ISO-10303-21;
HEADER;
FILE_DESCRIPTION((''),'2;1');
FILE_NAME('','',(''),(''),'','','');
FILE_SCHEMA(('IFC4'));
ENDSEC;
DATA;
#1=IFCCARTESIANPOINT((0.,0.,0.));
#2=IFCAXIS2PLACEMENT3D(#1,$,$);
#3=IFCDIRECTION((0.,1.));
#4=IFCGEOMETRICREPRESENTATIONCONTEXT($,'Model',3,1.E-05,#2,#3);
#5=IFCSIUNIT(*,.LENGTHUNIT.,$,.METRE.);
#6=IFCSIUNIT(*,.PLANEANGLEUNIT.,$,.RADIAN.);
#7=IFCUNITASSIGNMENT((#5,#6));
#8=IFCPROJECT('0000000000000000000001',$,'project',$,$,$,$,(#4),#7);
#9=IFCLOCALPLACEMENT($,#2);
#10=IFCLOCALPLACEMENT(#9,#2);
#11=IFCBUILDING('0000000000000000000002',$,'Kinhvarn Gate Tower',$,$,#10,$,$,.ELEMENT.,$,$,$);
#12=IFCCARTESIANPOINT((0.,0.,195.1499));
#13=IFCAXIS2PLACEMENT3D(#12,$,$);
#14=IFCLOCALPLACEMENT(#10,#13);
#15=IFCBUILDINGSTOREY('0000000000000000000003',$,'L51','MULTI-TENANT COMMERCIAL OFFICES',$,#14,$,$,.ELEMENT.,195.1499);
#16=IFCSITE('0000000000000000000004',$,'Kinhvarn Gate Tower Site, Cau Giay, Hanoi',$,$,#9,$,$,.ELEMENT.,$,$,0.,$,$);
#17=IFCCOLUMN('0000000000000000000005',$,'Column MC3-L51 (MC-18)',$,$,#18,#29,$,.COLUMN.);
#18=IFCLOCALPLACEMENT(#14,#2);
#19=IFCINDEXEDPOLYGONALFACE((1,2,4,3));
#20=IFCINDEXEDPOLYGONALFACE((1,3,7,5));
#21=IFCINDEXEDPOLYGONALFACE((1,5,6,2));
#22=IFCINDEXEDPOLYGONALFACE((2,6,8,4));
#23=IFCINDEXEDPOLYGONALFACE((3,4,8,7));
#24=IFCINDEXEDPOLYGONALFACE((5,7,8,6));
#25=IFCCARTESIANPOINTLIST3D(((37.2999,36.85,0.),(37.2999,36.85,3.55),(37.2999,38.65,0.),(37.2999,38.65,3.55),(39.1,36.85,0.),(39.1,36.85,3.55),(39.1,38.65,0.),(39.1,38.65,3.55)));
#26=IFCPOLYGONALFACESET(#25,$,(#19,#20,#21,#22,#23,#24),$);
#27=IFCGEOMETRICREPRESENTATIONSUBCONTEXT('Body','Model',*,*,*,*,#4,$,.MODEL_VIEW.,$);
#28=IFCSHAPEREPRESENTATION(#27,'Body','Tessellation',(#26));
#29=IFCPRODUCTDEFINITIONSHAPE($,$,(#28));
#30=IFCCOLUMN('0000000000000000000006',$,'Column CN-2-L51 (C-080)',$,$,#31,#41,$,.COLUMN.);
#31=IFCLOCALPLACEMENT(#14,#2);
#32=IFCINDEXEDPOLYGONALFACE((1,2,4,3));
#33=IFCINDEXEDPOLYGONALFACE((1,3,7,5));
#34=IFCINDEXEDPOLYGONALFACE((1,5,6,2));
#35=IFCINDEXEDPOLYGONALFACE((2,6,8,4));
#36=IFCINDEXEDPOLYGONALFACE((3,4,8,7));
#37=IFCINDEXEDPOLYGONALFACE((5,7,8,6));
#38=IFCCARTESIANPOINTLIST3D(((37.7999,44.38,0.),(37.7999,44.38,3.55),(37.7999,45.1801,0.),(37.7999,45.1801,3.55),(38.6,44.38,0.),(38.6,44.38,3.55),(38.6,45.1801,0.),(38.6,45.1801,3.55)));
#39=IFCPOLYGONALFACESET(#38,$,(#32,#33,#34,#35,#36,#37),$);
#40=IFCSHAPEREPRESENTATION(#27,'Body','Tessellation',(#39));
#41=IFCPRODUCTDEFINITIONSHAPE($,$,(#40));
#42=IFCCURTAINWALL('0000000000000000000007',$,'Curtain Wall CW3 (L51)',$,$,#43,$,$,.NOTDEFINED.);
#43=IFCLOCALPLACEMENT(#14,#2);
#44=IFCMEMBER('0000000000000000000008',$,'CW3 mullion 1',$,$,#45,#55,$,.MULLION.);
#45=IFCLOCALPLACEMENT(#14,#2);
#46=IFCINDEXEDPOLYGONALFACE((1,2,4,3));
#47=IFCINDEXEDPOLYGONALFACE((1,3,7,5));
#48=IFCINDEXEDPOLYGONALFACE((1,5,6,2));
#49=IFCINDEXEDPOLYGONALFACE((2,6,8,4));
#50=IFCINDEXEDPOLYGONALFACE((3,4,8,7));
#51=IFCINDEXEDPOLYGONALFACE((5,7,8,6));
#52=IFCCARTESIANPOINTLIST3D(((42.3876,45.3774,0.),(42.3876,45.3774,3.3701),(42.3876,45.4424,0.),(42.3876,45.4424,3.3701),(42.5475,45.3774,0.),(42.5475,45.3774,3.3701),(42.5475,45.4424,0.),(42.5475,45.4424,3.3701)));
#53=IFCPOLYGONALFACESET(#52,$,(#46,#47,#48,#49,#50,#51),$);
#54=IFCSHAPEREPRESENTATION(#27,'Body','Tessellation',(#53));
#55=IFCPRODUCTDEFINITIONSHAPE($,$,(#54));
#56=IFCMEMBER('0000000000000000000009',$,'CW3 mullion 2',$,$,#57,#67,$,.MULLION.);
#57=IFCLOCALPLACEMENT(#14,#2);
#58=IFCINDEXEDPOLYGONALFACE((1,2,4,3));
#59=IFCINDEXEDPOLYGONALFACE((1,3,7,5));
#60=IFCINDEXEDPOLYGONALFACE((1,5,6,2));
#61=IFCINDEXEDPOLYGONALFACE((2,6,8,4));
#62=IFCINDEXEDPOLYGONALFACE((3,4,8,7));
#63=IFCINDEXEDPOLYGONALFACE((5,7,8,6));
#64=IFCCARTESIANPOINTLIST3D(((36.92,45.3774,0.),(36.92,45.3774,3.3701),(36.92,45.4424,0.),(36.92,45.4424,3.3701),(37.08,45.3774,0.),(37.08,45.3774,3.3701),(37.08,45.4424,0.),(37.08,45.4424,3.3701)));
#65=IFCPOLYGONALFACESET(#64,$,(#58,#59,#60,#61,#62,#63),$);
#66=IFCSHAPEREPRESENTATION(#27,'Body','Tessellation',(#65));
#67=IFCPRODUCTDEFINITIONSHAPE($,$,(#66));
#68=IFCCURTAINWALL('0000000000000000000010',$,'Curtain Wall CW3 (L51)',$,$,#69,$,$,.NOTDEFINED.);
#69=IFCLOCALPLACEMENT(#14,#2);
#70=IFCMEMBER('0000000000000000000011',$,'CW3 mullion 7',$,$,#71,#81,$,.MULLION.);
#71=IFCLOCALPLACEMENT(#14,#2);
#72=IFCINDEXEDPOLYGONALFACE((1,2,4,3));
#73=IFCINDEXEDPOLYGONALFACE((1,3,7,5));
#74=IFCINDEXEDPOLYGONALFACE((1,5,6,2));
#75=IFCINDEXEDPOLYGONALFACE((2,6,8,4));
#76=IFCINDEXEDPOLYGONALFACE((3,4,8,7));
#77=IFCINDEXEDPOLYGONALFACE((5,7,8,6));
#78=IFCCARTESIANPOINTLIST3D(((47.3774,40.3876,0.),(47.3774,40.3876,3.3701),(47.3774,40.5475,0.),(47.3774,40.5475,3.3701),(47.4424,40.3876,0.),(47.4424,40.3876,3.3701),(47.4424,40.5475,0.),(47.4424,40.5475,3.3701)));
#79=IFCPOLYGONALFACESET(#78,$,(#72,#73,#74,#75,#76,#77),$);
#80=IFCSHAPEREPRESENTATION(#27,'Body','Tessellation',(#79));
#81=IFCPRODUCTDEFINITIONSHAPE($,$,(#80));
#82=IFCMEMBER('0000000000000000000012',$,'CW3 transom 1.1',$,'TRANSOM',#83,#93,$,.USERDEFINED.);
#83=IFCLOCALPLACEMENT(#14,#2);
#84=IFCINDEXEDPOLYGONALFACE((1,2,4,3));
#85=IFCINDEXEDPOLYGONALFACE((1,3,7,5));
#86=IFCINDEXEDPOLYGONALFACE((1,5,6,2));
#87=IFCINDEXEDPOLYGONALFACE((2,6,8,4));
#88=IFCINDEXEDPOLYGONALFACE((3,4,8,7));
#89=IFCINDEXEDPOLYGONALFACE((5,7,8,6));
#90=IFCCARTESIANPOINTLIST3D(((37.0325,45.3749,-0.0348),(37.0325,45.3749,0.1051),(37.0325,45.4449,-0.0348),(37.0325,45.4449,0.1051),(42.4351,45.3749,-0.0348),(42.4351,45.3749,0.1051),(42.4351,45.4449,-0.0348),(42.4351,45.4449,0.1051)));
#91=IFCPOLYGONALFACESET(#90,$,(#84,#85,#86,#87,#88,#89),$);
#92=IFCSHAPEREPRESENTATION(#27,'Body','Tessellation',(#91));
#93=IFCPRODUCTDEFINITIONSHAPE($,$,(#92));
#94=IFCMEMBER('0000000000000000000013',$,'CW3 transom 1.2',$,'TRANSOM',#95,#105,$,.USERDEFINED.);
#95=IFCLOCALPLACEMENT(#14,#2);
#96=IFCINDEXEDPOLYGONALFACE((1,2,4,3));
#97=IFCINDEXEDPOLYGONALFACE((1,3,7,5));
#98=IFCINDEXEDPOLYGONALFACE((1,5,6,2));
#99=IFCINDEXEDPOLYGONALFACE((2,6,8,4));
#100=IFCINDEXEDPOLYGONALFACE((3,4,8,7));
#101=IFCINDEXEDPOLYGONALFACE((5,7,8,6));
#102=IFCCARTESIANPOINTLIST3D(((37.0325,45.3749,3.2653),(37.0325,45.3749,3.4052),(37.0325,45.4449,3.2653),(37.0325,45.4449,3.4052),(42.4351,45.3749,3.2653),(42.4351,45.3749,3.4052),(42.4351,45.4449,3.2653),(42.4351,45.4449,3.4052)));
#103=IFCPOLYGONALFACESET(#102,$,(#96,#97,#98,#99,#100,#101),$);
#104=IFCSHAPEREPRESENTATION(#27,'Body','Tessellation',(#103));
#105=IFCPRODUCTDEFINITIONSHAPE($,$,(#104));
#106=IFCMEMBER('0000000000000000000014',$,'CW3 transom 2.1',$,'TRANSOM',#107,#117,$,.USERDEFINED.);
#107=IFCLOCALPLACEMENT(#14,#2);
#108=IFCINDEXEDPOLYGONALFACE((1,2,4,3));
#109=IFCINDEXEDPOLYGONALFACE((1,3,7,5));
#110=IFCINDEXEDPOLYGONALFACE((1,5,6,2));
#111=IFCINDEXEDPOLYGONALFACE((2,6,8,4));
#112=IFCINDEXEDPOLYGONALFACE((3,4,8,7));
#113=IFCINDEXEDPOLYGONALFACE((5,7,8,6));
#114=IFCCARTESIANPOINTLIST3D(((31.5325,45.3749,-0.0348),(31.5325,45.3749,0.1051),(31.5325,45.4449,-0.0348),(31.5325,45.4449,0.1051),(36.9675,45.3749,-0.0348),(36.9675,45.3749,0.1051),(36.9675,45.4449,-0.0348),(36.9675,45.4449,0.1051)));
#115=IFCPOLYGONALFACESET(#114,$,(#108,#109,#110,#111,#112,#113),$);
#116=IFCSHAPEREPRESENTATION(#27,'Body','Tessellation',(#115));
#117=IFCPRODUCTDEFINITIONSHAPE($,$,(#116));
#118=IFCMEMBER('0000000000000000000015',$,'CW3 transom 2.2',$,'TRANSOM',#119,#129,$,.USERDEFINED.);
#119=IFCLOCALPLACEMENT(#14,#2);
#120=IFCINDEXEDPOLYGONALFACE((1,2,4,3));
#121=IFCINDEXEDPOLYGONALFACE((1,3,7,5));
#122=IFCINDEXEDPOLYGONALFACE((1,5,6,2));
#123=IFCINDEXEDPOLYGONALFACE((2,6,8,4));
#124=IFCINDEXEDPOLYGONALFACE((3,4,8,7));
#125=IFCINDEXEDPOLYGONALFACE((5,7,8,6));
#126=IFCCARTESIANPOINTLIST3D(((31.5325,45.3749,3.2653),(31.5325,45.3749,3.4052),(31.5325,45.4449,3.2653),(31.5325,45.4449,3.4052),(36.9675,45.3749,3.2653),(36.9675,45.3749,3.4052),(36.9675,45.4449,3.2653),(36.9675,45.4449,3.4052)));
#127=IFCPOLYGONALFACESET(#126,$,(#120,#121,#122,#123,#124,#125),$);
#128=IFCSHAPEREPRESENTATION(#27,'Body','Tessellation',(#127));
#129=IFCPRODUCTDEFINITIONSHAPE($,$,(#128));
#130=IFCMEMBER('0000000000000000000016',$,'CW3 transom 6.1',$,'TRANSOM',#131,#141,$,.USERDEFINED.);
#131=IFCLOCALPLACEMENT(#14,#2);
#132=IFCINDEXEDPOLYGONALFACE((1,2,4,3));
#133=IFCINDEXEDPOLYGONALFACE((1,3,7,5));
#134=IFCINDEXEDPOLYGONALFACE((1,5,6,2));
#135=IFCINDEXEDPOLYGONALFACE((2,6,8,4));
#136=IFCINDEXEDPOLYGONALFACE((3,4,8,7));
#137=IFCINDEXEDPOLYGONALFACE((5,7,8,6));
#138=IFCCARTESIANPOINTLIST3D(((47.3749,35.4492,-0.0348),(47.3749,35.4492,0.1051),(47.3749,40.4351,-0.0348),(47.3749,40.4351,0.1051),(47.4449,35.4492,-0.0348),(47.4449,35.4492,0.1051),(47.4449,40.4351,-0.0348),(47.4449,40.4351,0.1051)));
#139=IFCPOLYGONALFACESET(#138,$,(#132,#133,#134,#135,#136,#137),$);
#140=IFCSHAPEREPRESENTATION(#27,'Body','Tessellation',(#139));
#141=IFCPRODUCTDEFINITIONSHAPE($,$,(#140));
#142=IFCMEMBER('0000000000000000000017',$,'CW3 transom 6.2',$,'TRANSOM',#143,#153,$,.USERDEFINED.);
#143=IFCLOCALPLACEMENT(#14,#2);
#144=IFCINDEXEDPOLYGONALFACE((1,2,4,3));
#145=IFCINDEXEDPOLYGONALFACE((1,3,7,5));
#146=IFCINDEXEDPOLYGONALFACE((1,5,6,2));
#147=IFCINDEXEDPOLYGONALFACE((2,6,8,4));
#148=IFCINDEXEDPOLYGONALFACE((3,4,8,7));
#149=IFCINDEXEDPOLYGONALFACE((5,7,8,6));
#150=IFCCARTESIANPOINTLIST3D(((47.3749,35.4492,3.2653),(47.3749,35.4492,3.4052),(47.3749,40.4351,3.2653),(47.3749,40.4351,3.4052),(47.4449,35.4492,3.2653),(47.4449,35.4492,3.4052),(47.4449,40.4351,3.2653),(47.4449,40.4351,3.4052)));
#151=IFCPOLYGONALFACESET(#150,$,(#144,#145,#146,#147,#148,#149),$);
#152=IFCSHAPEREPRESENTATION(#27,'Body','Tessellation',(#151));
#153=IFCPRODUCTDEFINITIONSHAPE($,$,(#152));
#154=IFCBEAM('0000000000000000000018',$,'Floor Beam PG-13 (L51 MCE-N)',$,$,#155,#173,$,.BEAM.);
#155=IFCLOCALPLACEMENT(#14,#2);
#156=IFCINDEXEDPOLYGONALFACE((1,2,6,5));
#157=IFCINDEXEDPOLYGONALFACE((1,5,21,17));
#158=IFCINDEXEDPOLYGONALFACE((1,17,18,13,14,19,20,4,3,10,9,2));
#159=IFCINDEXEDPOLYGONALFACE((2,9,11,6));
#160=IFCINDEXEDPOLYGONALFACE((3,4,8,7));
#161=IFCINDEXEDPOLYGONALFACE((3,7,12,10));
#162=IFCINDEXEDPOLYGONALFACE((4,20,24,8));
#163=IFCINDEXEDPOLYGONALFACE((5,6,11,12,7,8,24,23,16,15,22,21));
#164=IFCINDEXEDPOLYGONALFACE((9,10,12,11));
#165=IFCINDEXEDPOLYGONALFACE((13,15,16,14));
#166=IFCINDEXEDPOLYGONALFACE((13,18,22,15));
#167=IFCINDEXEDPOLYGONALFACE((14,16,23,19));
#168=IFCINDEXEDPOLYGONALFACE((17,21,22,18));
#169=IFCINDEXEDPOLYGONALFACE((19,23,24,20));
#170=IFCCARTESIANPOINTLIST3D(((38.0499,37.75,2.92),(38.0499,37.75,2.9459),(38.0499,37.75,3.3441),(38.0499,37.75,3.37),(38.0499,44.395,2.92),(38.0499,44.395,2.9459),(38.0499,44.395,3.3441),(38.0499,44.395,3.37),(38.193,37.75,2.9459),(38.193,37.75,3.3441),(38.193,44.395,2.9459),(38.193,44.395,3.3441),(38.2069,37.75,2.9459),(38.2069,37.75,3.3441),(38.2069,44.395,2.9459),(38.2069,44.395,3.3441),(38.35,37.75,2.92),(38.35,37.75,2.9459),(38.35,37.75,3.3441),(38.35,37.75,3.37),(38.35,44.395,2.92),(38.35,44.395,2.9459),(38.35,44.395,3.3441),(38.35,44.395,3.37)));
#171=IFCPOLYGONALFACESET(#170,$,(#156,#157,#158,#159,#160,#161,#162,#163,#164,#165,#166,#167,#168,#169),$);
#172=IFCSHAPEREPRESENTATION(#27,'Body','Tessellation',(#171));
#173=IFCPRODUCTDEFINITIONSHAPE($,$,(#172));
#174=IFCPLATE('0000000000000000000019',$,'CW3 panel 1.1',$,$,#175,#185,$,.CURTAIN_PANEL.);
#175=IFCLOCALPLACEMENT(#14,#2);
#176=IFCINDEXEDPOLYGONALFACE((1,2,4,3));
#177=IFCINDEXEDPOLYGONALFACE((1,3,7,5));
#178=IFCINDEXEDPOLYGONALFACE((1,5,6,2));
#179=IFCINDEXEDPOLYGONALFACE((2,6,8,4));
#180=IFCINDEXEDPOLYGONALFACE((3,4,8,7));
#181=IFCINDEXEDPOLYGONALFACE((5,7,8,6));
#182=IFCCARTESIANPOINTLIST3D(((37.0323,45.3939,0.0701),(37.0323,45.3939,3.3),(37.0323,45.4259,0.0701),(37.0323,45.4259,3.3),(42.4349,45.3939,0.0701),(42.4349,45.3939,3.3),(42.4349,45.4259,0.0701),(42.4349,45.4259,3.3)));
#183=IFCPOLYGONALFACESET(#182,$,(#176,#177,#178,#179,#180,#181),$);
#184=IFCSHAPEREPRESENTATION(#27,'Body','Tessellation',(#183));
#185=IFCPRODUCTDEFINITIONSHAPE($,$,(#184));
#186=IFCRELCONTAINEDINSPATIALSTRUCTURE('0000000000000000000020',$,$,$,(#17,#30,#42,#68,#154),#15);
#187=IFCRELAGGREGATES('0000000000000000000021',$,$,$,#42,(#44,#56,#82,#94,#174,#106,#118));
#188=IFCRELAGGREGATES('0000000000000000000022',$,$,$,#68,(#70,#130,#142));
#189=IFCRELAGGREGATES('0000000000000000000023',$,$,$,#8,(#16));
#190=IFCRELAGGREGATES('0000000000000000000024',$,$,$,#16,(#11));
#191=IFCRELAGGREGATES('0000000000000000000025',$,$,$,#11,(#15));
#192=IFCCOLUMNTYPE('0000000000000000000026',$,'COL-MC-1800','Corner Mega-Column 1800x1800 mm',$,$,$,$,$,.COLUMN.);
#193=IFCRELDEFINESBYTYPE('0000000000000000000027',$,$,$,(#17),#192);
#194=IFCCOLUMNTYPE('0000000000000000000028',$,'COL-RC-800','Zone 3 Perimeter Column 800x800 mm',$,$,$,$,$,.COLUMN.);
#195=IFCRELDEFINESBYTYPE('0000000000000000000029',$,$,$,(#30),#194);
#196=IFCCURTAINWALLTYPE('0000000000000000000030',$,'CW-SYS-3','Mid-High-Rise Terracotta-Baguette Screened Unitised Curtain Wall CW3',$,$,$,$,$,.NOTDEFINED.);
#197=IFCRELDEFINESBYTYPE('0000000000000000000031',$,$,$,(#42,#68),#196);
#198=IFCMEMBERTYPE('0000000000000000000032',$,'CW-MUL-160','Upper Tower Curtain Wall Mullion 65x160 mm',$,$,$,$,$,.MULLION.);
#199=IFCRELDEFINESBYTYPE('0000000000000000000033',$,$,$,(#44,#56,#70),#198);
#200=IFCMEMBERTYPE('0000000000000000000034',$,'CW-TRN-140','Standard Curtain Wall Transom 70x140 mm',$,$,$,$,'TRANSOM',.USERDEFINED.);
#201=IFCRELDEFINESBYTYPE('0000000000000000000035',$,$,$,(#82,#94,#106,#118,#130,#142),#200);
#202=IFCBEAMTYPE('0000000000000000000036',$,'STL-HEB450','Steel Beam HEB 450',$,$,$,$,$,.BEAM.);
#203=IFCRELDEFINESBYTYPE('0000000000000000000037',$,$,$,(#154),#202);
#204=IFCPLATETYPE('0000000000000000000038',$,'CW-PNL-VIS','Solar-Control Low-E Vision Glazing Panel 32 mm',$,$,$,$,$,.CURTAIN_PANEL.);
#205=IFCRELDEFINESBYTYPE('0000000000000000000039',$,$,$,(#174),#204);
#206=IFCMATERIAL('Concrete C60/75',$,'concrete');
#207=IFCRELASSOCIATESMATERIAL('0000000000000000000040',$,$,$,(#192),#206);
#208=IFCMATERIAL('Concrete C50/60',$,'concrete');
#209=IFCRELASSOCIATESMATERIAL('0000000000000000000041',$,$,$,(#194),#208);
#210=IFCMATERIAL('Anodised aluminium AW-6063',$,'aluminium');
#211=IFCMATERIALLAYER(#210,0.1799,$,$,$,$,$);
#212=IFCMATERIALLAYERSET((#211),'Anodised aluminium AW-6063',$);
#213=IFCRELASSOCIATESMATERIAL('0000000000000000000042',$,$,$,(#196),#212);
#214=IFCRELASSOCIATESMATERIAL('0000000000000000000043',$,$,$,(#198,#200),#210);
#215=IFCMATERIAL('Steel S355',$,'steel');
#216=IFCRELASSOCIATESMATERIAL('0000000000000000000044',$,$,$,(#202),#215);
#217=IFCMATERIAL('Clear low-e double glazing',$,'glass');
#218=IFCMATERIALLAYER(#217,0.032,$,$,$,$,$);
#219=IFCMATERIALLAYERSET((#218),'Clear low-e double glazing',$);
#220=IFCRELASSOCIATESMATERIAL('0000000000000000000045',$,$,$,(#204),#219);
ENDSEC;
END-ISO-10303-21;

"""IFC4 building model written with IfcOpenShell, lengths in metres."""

from ifc_helpers import new_model, si_unit, direction, frame, origin, origin_2d, place, context, subcontext, project, spatial, rectangle, i_section, extrude, material, layer, layer_set, material_profile, profile_set, type_object, element, aggregate, save


model = new_model("IFC4")

# Units and contexts
model_context = context("Model", 3, precision=1e-05, world=origin(), true_north=direction((0.0, 1.0)))
body_context = subcontext(model_context, "Body", "Model", "MODEL_VIEW")
ifc_project = project(units=[si_unit("LENGTHUNIT", "METRE"), si_unit("PLANEANGLEUNIT", "RADIAN")], contexts=[model_context])

# Site, building, storey
site_placement = place(None, origin())
site = spatial("IfcSite", under=ifc_project, at=site_placement, Name="Kinhvarn Gate Tower Site, Cau Giay, Hanoi", CompositionType="ELEMENT", RefElevation=0.0)
building_placement = place(site_placement, origin())
building = spatial("IfcBuilding", under=site, at=building_placement, Name="Kinhvarn Gate Tower", CompositionType="ELEMENT")
storey_placement = place(building_placement, frame((0.0, 0.0, 195.1499)))
storey = spatial("IfcBuildingStorey", under=building, at=storey_placement, Name="L51", Description="MULTI-TENANT COMMERCIAL OFFICES", CompositionType="ELEMENT", Elevation=195.1499)

# Columns
ifc_material_1 = material(Name="Concrete C60/75", Category="concrete")
ifc_material_profile_1 = material_profile(ifc_material_1, rectangle(XDim=1.8, YDim=1.8, at=origin_2d()), Name="RC 1800x1800")
ifc_profile_set_1 = profile_set([ifc_material_profile_1], Name="Concrete C60/75")
column_type_1 = type_object("IfcColumnType", Name="COL-MC-1800", Description="Corner Mega-Column 1800x1800 mm", PredefinedType="COLUMN", material=ifc_profile_set_1)
column_1_placement = place(storey_placement, frame((38.2, 37.75, 0.0), z_axis=(0.0, 0.0, 1.0), x_axis=(1.0, 0.0, 0.0)))
element("IfcColumn", 1, at=column_1_placement, inside=storey, type_object=column_type_1, Name="Column MC3-L51 (MC-18)", PredefinedType="COLUMN", context=body_context, shape_type="SweptSolid", body=[
    extrude(rectangle(XDim=1.8, YDim=1.8, at=origin_2d()), origin(), (0.0, 0.0, 1.0), 3.55),
])
ifc_material_2 = material(Name="Concrete C50/60", Category="concrete")
ifc_material_profile_2 = material_profile(ifc_material_2, rectangle(XDim=0.8, YDim=0.8, at=origin_2d()), Name="RC 800x800")
ifc_profile_set_2 = profile_set([ifc_material_profile_2], Name="Concrete C50/60")
column_type_2 = type_object("IfcColumnType", Name="COL-RC-800", Description="Zone 3 Perimeter Column 800x800 mm", PredefinedType="COLUMN", material=ifc_profile_set_2)
column_2_placement = place(storey_placement, frame((38.2, 44.78, 0.0), z_axis=(0.0, 0.0, 1.0), x_axis=(1.0, 0.0, 0.0)))
element("IfcColumn", 2, at=column_2_placement, inside=storey, type_object=column_type_2, Name="Column CN-2-L51 (C-080)", PredefinedType="COLUMN", context=body_context, shape_type="SweptSolid", body=[
    extrude(rectangle(XDim=0.8, YDim=0.8, at=origin_2d()), origin(), (0.0, 0.0, 1.0), 3.55),
])

# Curtain wall, members
ifc_material_3 = material(Name="Anodised aluminium AW-6063", Category="aluminium")
ifc_layer_1 = layer(ifc_material_3, 0.1799)
ifc_layer_set_1 = layer_set([ifc_layer_1], Name="Anodised aluminium AW-6063")
curtain_wall_type = type_object("IfcCurtainWallType", Name="CW-SYS-3", Description="Mid-High-Rise Terracotta-Baguette Screened Unitised Curtain Wall CW3", PredefinedType="NOTDEFINED", material=ifc_layer_set_1)
curtain_wall_1_placement = place(storey_placement, origin())
curtain_wall_1 = element("IfcCurtainWall", 3, at=curtain_wall_1_placement, inside=storey, type_object=curtain_wall_type, Name="Curtain Wall CW3 (L51)", PredefinedType="NOTDEFINED")
ifc_material_profile_3 = material_profile(ifc_material_3, rectangle(XDim=0.0649, YDim=0.1599, at=origin_2d()), Name="ALU 65x160")
ifc_profile_set_3 = profile_set([ifc_material_profile_3], Name="Anodised aluminium AW-6063")
member_type_1 = type_object("IfcMemberType", Name="CW-MUL-160", Description="Upper Tower Curtain Wall Mullion 65x160 mm", PredefinedType="MULLION", material=ifc_profile_set_3)
member_1_placement = place(storey_placement, frame((42.4675, 45.4099, 0.0), z_axis=(0.0, 0.0, 1.0), x_axis=(0.0, -1.0, 0.0)))
member_1 = element("IfcMember", 4, at=member_1_placement, type_object=member_type_1, Name="CW3 mullion 1", PredefinedType="MULLION", context=body_context, shape_type="SweptSolid", body=[
    extrude(rectangle(XDim=0.0649, YDim=0.1599, at=origin_2d()), origin(), (0.0, 0.0, 1.0), 3.3701),
])
member_2_placement = place(storey_placement, frame((37.0, 45.4099, 0.0), z_axis=(0.0, 0.0, 1.0), x_axis=(0.0, -1.0, 0.0)))
member_2 = element("IfcMember", 5, at=member_2_placement, type_object=member_type_1, Name="CW3 mullion 2", PredefinedType="MULLION", context=body_context, shape_type="SweptSolid", body=[
    extrude(rectangle(XDim=0.0649, YDim=0.1599, at=origin_2d()), origin(), (0.0, 0.0, 1.0), 3.3701),
])

# Curtain wall, member
curtain_wall_2_placement = place(storey_placement, origin())
curtain_wall_2 = element("IfcCurtainWall", 6, at=curtain_wall_2_placement, inside=storey, type_object=curtain_wall_type, Name="Curtain Wall CW3 (L51)", PredefinedType="NOTDEFINED")
member_3_placement = place(storey_placement, frame((47.4099, 40.4675, 0.0), z_axis=(0.0, 0.0, 1.0), x_axis=(-1.0, 0.0, 0.0)))
member_3 = element("IfcMember", 7, at=member_3_placement, type_object=member_type_1, Name="CW3 mullion 7", PredefinedType="MULLION", context=body_context, shape_type="SweptSolid", body=[
    extrude(rectangle(XDim=0.0649, YDim=0.1599, at=origin_2d()), origin(), (0.0, 0.0, 1.0), 3.3701),
])

# Members
ifc_material_profile_4 = material_profile(ifc_material_3, rectangle(XDim=0.0701, YDim=0.1399, at=origin_2d()), Name="ALU 70x140")
ifc_profile_set_4 = profile_set([ifc_material_profile_4], Name="Anodised aluminium AW-6063")
member_type_2 = type_object("IfcMemberType", Name="CW-TRN-140", Description="Standard Curtain Wall Transom 70x140 mm", ElementType="TRANSOM", PredefinedType="USERDEFINED", material=ifc_profile_set_4)
member_4_placement = place(storey_placement, frame((42.4351, 45.4099, 0.0352), z_axis=(-1.0, 0.0, 0.0), x_axis=(0.0, -1.0, 0.0)))
member_4 = element("IfcMember", 8, at=member_4_placement, type_object=member_type_2, Name="CW3 transom 1.1", ObjectType="TRANSOM", PredefinedType="USERDEFINED", context=body_context, shape_type="SweptSolid", body=[
    extrude(rectangle(XDim=0.0701, YDim=0.1399, at=origin_2d()), origin(), (0.0, 0.0, 1.0), 5.4026),
])
member_5_placement = place(storey_placement, frame((42.4351, 45.4099, 3.3352), z_axis=(-1.0, 0.0, 0.0), x_axis=(0.0, -1.0, 0.0)))
member_5 = element("IfcMember", 9, at=member_5_placement, type_object=member_type_2, Name="CW3 transom 1.2", ObjectType="TRANSOM", PredefinedType="USERDEFINED", context=body_context, shape_type="SweptSolid", body=[
    extrude(rectangle(XDim=0.0701, YDim=0.1399, at=origin_2d()), origin(), (0.0, 0.0, 1.0), 5.4026),
])
member_6_placement = place(storey_placement, frame((36.9675, 45.4099, 0.0352), z_axis=(-1.0, 0.0, 0.0), x_axis=(0.0, -1.0, 0.0)))
member_6 = element("IfcMember", 10, at=member_6_placement, type_object=member_type_2, Name="CW3 transom 2.1", ObjectType="TRANSOM", PredefinedType="USERDEFINED", context=body_context, shape_type="SweptSolid", body=[
    extrude(rectangle(XDim=0.0701, YDim=0.1399, at=origin_2d()), origin(), (0.0, 0.0, 1.0), 5.4351),
])
member_7_placement = place(storey_placement, frame((36.9675, 45.4099, 3.3352), z_axis=(-1.0, 0.0, 0.0), x_axis=(0.0, -1.0, 0.0)))
member_7 = element("IfcMember", 11, at=member_7_placement, type_object=member_type_2, Name="CW3 transom 2.2", ObjectType="TRANSOM", PredefinedType="USERDEFINED", context=body_context, shape_type="SweptSolid", body=[
    extrude(rectangle(XDim=0.0701, YDim=0.1399, at=origin_2d()), origin(), (0.0, 0.0, 1.0), 5.4351),
])
member_8_placement = place(storey_placement, frame((47.4099, 35.4492, 0.0352), z_axis=(0.0, 1.0, 0.0), x_axis=(-1.0, 0.0, 0.0)))
member_8 = element("IfcMember", 12, at=member_8_placement, type_object=member_type_2, Name="CW3 transom 6.1", ObjectType="TRANSOM", PredefinedType="USERDEFINED", context=body_context, shape_type="SweptSolid", body=[
    extrude(rectangle(XDim=0.0701, YDim=0.1399, at=origin_2d()), origin(), (0.0, 0.0, 1.0), 4.9858),
])
member_9_placement = place(storey_placement, frame((47.4099, 35.4492, 3.3352), z_axis=(0.0, 1.0, 0.0), x_axis=(-1.0, 0.0, 0.0)))
member_9 = element("IfcMember", 13, at=member_9_placement, type_object=member_type_2, Name="CW3 transom 6.2", ObjectType="TRANSOM", PredefinedType="USERDEFINED", context=body_context, shape_type="SweptSolid", body=[
    extrude(rectangle(XDim=0.0701, YDim=0.1399, at=origin_2d()), origin(), (0.0, 0.0, 1.0), 4.9858),
])

# Beam
ifc_material_4 = material(Name="Steel S355", Category="steel")
ifc_material_profile_5 = material_profile(ifc_material_4, i_section(OverallWidth=0.3, OverallDepth=0.45, WebThickness=0.0139, FlangeThickness=0.0259, at=origin_2d()), Name="HEB 450")
ifc_profile_set_5 = profile_set([ifc_material_profile_5], Name="Steel S355")
beam_type = type_object("IfcBeamType", Name="STL-HEB450", Description="Steel Beam HEB 450", PredefinedType="BEAM", material=ifc_profile_set_5)
beam_placement = place(storey_placement, frame((38.2, 37.75, 3.145), z_axis=(0.0, 1.0, 0.0), x_axis=(-1.0, 0.0, 0.0)))
element("IfcBeam", 14, at=beam_placement, inside=storey, type_object=beam_type, Name="Floor Beam PG-13 (L51 MCE-N)", PredefinedType="BEAM", context=body_context, shape_type="SweptSolid", body=[
    extrude(i_section(OverallWidth=0.3, OverallDepth=0.45, WebThickness=0.0139, FlangeThickness=0.0259, at=origin_2d()), origin(), (0.0, 0.0, 1.0), 6.645),
])

# Plate
ifc_material_5 = material(Name="Clear low-e double glazing", Category="glass")
ifc_layer_2 = layer(ifc_material_5, 0.032)
ifc_layer_set_2 = layer_set([ifc_layer_2], Name="Clear low-e double glazing")
plate_type = type_object("IfcPlateType", Name="CW-PNL-VIS", Description="Solar-Control Low-E Vision Glazing Panel 32 mm", PredefinedType="CURTAIN_PANEL", material=ifc_layer_set_2)
plate_1_placement = place(storey_placement, frame((39.7336, 45.4099, 0.0701), z_axis=(0.0, 0.0, 1.0), x_axis=(-1.0, 0.0, 0.0)))
plate_1 = element("IfcPlate", 15, at=plate_1_placement, type_object=plate_type, Name="CW3 panel 1.1", PredefinedType="CURTAIN_PANEL", context=body_context, shape_type="SweptSolid", body=[
    extrude(rectangle(XDim=5.4026, YDim=0.032, at=origin_2d()), origin(), (0.0, 0.0, 1.0), 3.23),
])
aggregate(curtain_wall_1, [member_1, member_2, member_4, member_5, plate_1, member_6, member_7])
aggregate(curtain_wall_2, [member_3, member_8, member_9])

save(model, "model.ifc")
